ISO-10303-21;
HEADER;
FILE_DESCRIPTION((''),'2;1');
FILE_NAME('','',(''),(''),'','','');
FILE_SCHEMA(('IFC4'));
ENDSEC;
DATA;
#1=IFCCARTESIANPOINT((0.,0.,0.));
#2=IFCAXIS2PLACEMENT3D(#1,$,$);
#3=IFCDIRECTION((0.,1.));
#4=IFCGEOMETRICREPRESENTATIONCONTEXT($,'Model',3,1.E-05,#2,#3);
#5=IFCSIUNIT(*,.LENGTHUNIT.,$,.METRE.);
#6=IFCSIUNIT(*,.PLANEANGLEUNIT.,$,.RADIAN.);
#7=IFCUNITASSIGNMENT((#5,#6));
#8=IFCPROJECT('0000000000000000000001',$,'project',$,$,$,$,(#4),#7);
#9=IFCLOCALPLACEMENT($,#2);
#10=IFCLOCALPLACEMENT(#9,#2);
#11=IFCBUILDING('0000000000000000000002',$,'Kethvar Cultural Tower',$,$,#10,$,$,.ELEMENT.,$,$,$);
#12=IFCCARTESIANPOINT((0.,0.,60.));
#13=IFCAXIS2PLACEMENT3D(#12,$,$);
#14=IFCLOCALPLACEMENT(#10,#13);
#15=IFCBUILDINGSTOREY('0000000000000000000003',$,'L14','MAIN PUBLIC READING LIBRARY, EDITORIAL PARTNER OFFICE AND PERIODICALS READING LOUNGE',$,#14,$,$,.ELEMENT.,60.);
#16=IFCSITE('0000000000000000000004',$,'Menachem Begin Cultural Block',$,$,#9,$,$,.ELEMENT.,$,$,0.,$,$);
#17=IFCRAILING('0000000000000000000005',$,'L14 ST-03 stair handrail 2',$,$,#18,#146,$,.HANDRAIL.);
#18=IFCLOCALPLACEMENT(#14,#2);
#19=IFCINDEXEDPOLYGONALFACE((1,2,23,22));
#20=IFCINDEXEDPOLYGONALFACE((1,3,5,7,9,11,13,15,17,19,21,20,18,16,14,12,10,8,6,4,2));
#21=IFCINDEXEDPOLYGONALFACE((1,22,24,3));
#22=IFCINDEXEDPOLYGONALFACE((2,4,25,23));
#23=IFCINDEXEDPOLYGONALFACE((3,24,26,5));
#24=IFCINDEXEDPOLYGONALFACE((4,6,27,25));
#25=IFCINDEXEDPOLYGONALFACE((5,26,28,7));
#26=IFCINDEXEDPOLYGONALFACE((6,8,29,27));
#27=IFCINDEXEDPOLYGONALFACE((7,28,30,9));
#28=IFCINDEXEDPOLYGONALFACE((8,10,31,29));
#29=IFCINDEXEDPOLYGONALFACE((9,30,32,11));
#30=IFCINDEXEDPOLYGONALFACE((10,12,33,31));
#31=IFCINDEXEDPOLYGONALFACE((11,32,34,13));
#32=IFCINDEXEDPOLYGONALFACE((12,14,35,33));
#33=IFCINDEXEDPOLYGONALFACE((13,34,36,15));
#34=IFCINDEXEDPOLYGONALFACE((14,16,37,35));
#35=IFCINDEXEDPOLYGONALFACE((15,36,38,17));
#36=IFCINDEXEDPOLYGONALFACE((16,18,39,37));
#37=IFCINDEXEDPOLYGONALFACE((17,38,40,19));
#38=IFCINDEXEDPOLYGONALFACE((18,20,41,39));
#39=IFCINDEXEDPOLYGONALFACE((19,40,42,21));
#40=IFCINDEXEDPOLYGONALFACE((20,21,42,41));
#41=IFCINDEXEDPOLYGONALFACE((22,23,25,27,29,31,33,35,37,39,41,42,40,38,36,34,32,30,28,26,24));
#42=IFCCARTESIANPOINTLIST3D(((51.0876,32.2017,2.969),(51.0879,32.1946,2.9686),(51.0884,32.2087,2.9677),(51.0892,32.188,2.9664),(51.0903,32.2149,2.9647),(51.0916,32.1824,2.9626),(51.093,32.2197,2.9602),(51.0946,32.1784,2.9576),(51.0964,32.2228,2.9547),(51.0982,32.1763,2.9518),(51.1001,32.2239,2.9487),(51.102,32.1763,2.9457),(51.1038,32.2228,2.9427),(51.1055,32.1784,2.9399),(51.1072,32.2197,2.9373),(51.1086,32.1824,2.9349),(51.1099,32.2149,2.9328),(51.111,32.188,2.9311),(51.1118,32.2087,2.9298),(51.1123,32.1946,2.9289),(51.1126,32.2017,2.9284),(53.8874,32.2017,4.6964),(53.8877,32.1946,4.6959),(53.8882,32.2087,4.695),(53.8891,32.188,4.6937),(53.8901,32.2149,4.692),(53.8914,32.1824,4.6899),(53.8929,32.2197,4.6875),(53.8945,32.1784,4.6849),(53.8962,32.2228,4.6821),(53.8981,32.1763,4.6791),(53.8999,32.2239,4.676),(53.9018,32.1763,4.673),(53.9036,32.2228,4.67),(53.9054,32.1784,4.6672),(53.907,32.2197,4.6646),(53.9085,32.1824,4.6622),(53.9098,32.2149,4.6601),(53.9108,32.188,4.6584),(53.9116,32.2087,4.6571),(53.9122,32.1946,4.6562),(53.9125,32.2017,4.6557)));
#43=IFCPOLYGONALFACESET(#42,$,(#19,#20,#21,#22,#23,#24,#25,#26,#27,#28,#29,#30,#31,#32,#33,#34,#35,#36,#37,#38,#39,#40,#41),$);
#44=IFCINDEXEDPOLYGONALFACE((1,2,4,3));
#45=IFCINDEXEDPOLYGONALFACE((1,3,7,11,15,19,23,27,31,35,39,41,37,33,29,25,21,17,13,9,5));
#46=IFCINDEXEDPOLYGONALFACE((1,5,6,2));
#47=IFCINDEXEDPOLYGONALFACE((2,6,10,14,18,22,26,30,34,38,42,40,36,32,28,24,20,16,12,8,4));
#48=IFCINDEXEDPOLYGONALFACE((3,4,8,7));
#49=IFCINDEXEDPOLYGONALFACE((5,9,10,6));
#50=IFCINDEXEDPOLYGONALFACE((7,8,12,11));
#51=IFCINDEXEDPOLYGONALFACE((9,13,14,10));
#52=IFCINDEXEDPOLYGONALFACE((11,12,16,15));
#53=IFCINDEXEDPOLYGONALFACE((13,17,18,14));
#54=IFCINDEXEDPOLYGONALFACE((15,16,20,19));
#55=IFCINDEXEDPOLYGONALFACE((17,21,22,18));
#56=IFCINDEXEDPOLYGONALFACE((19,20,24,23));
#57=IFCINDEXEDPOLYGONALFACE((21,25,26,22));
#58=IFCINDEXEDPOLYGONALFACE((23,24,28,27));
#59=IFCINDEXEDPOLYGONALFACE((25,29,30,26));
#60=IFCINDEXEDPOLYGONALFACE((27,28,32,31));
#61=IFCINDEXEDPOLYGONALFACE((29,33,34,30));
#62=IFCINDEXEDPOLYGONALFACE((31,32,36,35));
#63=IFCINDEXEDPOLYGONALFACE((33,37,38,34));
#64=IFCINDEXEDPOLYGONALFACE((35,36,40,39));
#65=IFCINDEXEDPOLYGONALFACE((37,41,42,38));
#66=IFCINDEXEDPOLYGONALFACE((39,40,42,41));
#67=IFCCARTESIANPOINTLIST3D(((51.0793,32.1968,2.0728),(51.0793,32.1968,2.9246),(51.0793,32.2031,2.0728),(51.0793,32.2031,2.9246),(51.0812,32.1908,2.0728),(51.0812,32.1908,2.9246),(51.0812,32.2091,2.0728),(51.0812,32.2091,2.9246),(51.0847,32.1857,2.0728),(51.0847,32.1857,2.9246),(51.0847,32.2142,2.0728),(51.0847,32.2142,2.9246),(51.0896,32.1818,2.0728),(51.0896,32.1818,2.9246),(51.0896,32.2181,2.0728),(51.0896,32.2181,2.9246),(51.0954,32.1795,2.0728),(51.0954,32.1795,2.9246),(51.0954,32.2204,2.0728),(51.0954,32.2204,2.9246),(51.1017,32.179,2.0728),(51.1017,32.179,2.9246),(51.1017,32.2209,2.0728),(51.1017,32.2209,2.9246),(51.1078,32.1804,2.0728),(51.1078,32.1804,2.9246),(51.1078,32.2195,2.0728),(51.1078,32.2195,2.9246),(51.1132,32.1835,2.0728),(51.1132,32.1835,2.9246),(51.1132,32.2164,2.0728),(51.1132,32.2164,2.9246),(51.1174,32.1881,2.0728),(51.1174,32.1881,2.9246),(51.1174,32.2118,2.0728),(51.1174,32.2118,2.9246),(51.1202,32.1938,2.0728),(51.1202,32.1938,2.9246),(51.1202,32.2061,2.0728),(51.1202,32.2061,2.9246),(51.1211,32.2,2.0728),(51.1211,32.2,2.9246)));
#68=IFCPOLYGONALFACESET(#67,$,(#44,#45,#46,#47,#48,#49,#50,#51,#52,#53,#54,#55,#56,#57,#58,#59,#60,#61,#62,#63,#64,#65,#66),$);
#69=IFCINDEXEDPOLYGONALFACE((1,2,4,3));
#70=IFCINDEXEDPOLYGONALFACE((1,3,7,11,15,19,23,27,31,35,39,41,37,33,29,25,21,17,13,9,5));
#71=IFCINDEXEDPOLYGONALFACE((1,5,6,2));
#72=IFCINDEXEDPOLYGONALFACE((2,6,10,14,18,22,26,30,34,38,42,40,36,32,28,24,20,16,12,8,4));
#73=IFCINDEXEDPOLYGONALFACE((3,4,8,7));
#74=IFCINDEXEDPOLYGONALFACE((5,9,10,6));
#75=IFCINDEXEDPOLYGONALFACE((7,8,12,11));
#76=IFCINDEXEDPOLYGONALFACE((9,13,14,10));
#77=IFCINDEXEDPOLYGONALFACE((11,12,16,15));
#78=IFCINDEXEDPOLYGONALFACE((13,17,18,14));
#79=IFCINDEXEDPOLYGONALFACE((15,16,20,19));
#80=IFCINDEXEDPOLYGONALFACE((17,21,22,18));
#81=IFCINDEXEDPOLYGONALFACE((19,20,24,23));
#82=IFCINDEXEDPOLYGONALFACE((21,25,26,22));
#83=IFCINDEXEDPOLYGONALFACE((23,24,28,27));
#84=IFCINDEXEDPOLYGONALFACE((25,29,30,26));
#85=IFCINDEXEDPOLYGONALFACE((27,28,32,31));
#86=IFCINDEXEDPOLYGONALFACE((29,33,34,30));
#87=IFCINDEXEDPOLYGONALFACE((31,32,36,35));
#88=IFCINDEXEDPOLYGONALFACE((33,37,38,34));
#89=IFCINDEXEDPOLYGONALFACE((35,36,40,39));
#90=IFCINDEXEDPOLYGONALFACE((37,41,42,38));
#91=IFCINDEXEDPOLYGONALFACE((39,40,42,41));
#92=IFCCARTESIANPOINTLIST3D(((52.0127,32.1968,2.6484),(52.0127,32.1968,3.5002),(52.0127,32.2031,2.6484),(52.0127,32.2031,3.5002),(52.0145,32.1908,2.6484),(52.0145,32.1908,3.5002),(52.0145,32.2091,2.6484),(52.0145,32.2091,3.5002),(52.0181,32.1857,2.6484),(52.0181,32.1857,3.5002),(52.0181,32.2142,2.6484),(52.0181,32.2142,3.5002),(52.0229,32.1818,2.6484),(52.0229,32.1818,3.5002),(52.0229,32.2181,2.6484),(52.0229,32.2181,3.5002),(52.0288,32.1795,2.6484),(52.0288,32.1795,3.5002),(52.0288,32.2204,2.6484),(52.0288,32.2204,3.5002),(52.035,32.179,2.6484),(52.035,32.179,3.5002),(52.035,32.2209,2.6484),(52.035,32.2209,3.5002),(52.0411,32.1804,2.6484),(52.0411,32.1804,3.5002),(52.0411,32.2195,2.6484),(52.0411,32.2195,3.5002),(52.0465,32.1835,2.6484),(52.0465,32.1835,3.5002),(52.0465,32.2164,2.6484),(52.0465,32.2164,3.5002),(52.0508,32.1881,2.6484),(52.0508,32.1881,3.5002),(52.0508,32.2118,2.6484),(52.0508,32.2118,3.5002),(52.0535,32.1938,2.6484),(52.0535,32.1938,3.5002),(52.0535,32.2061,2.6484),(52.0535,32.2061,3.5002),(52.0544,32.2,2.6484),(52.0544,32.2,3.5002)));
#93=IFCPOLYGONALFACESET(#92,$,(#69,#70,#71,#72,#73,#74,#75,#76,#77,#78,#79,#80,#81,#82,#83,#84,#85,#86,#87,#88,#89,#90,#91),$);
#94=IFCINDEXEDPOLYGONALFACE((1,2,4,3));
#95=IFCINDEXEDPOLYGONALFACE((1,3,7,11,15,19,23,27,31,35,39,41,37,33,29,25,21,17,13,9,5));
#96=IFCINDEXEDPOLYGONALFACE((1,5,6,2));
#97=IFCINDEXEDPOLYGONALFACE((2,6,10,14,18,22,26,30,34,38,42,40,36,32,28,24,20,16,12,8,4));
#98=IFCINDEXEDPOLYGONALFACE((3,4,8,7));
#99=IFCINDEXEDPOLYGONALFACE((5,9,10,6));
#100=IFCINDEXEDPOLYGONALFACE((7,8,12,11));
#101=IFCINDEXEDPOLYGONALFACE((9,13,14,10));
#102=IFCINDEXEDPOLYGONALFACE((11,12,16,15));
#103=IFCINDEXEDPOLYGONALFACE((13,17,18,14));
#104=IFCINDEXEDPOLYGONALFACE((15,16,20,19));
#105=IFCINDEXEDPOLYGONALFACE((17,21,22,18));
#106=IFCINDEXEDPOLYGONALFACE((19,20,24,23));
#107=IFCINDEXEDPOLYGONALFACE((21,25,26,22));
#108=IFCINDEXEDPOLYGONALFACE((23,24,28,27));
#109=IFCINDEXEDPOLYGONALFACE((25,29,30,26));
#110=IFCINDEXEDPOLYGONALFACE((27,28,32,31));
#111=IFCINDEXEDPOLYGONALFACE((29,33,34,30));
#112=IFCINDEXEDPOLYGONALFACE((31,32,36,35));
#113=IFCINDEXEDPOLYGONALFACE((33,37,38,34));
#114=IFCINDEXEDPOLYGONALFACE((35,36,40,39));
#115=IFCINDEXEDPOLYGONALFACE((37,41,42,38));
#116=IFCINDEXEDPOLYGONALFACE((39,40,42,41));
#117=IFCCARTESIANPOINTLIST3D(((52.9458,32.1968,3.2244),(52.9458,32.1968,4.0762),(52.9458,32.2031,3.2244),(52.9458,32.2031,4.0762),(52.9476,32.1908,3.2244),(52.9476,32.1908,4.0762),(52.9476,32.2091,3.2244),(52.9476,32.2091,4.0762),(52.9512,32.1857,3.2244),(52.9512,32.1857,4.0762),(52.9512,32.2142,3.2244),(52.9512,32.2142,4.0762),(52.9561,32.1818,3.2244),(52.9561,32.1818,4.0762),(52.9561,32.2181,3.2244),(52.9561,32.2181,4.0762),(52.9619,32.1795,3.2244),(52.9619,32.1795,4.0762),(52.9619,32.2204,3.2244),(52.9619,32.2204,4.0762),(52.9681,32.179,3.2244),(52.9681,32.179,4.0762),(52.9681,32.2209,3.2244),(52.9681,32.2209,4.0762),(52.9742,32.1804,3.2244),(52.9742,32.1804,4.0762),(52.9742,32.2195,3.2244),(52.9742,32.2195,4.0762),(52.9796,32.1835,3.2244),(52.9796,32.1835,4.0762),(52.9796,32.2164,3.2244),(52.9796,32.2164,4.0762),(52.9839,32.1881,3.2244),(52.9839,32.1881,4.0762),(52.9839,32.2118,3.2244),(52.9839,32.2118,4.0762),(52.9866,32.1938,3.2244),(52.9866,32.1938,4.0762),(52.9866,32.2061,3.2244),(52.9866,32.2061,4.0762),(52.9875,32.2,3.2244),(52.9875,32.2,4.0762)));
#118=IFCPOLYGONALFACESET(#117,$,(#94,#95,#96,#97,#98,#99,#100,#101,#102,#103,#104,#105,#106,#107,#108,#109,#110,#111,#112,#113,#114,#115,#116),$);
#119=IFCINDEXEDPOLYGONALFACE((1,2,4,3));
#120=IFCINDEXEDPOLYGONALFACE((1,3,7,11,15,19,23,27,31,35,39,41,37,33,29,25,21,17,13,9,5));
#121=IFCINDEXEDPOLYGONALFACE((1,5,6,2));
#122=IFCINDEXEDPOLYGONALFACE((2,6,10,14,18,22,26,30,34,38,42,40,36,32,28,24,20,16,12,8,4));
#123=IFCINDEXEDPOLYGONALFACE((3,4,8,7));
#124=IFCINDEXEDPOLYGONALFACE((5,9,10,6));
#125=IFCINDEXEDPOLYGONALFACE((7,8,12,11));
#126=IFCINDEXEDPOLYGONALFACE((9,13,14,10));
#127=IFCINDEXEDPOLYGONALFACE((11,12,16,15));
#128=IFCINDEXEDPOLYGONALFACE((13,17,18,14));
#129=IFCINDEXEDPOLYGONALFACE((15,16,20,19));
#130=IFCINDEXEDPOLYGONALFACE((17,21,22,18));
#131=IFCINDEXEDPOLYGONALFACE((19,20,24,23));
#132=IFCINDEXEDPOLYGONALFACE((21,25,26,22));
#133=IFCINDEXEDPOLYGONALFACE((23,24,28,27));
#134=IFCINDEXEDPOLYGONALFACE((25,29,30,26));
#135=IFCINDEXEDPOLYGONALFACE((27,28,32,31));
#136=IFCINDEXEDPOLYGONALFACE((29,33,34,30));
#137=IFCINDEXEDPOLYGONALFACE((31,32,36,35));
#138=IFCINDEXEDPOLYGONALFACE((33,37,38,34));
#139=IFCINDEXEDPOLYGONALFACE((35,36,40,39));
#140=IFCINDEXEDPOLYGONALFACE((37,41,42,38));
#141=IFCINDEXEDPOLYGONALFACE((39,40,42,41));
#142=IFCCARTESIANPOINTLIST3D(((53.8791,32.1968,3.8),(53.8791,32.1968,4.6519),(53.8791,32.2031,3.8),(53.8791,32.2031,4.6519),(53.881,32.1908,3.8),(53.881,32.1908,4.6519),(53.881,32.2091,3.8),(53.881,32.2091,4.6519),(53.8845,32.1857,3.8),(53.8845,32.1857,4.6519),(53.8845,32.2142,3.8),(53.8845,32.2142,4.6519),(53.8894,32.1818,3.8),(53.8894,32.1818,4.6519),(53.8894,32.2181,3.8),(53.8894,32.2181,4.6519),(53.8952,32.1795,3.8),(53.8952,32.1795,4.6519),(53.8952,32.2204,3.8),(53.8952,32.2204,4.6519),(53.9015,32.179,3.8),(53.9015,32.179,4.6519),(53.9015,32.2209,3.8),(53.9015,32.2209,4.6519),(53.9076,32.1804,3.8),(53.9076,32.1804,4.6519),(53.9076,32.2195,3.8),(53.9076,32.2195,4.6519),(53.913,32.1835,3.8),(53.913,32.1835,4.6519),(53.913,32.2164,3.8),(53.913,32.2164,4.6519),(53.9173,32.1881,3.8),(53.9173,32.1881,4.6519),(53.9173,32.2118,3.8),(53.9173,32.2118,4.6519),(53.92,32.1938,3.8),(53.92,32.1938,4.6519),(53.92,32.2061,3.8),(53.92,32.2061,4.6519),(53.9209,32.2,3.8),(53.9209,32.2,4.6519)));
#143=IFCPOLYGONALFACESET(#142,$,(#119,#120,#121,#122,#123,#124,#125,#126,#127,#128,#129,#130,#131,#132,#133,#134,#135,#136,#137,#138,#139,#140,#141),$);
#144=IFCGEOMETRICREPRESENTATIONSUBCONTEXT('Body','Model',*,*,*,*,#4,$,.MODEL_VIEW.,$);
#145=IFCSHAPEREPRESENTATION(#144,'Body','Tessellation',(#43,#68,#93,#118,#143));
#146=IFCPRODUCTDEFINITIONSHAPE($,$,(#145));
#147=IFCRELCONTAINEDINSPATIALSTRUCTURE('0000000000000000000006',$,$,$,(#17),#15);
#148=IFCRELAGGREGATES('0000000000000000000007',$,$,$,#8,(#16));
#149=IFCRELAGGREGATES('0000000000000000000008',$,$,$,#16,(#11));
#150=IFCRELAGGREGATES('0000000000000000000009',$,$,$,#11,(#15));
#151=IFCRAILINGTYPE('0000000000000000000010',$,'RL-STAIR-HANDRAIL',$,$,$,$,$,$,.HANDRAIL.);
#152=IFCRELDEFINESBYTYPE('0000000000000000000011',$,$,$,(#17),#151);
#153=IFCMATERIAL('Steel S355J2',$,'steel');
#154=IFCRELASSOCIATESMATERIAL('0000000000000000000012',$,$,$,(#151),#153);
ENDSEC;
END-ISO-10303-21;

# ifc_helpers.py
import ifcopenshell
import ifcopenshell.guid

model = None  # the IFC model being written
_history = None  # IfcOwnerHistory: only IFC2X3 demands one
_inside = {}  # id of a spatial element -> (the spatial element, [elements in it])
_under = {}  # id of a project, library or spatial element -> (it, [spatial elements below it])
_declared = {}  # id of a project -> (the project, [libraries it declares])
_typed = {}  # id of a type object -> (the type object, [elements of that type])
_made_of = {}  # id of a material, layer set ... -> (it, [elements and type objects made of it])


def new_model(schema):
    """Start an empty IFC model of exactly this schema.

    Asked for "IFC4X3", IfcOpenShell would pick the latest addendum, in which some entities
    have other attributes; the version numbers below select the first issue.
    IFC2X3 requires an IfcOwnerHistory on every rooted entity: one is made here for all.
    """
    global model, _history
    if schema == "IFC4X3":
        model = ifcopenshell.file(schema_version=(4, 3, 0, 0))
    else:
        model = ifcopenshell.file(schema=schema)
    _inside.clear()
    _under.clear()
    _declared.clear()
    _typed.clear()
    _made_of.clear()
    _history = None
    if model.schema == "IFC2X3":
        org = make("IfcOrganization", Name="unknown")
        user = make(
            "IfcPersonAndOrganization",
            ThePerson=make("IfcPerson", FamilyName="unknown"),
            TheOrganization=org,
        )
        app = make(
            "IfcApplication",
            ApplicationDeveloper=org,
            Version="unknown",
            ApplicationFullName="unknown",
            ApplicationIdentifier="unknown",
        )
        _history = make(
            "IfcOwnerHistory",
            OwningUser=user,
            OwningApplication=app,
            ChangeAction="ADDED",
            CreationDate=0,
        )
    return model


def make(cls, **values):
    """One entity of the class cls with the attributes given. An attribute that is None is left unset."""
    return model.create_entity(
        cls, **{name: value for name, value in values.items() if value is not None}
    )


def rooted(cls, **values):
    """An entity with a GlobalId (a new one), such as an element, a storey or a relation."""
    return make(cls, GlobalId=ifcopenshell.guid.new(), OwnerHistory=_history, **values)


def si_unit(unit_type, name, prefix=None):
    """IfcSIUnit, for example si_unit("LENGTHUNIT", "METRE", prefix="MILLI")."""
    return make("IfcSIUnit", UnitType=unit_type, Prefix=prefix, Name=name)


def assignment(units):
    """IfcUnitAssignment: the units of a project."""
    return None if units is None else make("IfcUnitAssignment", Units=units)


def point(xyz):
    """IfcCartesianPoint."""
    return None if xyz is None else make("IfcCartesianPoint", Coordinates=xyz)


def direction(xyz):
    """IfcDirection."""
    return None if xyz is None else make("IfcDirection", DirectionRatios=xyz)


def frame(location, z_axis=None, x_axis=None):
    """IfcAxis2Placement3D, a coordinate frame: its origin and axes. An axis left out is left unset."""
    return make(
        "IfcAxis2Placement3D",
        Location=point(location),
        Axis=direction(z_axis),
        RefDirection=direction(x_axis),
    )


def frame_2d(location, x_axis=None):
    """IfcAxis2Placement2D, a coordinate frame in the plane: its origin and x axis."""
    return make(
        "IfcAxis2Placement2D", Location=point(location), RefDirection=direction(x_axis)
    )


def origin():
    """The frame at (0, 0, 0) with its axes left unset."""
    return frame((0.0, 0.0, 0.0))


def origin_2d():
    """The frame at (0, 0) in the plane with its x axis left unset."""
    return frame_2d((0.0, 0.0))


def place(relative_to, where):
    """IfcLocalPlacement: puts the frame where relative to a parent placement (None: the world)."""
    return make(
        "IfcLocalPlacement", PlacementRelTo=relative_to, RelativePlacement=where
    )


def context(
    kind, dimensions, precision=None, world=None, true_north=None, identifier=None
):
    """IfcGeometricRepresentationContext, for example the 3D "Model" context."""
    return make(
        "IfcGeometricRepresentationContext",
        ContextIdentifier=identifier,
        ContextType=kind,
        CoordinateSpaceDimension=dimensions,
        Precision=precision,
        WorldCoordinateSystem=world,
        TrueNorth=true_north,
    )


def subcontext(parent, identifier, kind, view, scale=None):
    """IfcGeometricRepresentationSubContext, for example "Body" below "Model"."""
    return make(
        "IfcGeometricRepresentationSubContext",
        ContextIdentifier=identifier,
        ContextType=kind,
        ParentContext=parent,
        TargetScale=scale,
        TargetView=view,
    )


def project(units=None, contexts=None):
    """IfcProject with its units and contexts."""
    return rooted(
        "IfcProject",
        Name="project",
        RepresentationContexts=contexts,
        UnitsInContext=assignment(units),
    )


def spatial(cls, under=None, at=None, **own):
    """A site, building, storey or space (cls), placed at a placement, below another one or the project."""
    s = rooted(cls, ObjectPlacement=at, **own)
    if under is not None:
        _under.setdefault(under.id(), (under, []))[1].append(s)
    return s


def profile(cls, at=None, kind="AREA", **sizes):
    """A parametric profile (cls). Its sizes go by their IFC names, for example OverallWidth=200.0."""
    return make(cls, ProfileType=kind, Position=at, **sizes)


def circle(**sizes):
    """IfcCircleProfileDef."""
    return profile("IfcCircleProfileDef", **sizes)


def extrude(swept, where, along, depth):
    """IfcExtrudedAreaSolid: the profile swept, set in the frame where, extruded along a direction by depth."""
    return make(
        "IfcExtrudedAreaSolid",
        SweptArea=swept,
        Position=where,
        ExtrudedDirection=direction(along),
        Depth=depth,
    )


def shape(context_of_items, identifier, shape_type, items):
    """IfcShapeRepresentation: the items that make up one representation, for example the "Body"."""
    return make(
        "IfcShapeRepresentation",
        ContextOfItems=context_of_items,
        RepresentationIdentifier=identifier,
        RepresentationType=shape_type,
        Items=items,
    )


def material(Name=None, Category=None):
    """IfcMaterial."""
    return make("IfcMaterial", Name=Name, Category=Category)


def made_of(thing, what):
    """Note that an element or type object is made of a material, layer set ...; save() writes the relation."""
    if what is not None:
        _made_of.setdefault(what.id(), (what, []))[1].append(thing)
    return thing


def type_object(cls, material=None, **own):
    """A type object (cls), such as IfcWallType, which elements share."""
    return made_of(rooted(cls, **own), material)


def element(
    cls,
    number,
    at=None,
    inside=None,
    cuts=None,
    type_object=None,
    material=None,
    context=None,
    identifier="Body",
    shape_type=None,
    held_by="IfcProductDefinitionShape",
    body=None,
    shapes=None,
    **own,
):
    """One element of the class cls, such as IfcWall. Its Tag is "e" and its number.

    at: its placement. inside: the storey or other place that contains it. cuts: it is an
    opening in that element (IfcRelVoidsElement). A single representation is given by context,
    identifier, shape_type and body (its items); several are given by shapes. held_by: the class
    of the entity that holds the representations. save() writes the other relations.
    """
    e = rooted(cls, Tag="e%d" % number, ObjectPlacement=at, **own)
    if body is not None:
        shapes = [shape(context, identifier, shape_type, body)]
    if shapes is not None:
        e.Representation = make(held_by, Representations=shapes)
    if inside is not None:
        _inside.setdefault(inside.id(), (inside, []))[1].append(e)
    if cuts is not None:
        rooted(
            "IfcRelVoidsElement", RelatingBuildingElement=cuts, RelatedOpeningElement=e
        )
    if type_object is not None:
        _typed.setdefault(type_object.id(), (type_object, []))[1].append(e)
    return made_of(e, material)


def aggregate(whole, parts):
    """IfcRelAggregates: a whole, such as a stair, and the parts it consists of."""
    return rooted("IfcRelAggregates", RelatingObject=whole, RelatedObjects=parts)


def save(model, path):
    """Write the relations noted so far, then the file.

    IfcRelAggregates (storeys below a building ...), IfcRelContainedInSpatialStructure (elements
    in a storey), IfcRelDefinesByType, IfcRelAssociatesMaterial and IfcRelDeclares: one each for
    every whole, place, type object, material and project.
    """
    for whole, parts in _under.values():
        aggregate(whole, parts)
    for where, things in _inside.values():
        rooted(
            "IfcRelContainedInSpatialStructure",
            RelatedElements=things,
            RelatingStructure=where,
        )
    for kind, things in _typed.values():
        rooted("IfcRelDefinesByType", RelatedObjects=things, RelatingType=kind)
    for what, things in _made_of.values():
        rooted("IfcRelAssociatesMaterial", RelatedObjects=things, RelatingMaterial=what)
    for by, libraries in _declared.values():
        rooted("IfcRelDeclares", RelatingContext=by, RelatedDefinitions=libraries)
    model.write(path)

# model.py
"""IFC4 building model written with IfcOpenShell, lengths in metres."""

from ifc_helpers import new_model, si_unit, direction, frame, origin, origin_2d, place, context, subcontext, project, spatial, circle, extrude, material, type_object, element, save


model = new_model("IFC4")

# Units and contexts
model_context = context("Model", 3, precision=1e-05, world=origin(), true_north=direction((0.0, 1.0)))
body_context = subcontext(model_context, "Body", "Model", "MODEL_VIEW")
ifc_project = project(units=[si_unit("LENGTHUNIT", "METRE"), si_unit("PLANEANGLEUNIT", "RADIAN")], contexts=[model_context])

# Site, building, storey
site_placement = place(None, origin())
site = spatial("IfcSite", under=ifc_project, at=site_placement, Name="Menachem Begin Cultural Block", CompositionType="ELEMENT", RefElevation=0.0)
building_placement = place(site_placement, origin())
building = spatial("IfcBuilding", under=site, at=building_placement, Name="Kethvar Cultural Tower", CompositionType="ELEMENT")
storey_placement = place(building_placement, frame((0.0, 0.0, 60.0)))
storey = spatial("IfcBuildingStorey", under=building, at=storey_placement, Name="L14", Description="MAIN PUBLIC READING LIBRARY, EDITORIAL PARTNER OFFICE AND PERIODICALS READING LOUNGE", CompositionType="ELEMENT", Elevation=60.0)

# Shared definitions
ifc_material_1 = material(Name="Steel S355J2", Category="steel")

# Railing
railing_type_1 = type_object("IfcRailingType", Name="RL-STAIR-HANDRAIL", PredefinedType="HANDRAIL", material=ifc_material_1)
railing_1_placement = place(storey_placement, frame((51.1001, 32.2, 2.0728)))
element("IfcRailing", 1, at=railing_1_placement, inside=storey, type_object=railing_type_1, Name="L14 ST-03 stair handrail 2", PredefinedType="HANDRAIL", context=body_context, shape_type="SweptSolid", body=[
    extrude(circle(Radius=0.0239, at=origin_2d()), frame((0.0, 0.0, 0.876), z_axis=(0.851069, 0.0, 0.525054), x_axis=(0.0, 1.0, 0.0)), (0.0, 0.0, 1.0), 3.2898),
    extrude(circle(Radius=0.021, at=origin_2d()), origin(), (0.0, 0.0, 1.0), 0.8518),
    extrude(circle(Radius=0.021, at=origin_2d()), frame((0.9333, 0.0, 0.5757)), (0.0, 0.0, 1.0), 0.8518),
    extrude(circle(Radius=0.021, at=origin_2d()), frame((1.8665, 0.0, 1.1516)), (0.0, 0.0, 1.0), 0.8518),
    extrude(circle(Radius=0.021, at=origin_2d()), frame((2.7998, 0.0, 1.7273)), (0.0, 0.0, 1.0), 0.8518),
])

save(model, "model.ifc")
